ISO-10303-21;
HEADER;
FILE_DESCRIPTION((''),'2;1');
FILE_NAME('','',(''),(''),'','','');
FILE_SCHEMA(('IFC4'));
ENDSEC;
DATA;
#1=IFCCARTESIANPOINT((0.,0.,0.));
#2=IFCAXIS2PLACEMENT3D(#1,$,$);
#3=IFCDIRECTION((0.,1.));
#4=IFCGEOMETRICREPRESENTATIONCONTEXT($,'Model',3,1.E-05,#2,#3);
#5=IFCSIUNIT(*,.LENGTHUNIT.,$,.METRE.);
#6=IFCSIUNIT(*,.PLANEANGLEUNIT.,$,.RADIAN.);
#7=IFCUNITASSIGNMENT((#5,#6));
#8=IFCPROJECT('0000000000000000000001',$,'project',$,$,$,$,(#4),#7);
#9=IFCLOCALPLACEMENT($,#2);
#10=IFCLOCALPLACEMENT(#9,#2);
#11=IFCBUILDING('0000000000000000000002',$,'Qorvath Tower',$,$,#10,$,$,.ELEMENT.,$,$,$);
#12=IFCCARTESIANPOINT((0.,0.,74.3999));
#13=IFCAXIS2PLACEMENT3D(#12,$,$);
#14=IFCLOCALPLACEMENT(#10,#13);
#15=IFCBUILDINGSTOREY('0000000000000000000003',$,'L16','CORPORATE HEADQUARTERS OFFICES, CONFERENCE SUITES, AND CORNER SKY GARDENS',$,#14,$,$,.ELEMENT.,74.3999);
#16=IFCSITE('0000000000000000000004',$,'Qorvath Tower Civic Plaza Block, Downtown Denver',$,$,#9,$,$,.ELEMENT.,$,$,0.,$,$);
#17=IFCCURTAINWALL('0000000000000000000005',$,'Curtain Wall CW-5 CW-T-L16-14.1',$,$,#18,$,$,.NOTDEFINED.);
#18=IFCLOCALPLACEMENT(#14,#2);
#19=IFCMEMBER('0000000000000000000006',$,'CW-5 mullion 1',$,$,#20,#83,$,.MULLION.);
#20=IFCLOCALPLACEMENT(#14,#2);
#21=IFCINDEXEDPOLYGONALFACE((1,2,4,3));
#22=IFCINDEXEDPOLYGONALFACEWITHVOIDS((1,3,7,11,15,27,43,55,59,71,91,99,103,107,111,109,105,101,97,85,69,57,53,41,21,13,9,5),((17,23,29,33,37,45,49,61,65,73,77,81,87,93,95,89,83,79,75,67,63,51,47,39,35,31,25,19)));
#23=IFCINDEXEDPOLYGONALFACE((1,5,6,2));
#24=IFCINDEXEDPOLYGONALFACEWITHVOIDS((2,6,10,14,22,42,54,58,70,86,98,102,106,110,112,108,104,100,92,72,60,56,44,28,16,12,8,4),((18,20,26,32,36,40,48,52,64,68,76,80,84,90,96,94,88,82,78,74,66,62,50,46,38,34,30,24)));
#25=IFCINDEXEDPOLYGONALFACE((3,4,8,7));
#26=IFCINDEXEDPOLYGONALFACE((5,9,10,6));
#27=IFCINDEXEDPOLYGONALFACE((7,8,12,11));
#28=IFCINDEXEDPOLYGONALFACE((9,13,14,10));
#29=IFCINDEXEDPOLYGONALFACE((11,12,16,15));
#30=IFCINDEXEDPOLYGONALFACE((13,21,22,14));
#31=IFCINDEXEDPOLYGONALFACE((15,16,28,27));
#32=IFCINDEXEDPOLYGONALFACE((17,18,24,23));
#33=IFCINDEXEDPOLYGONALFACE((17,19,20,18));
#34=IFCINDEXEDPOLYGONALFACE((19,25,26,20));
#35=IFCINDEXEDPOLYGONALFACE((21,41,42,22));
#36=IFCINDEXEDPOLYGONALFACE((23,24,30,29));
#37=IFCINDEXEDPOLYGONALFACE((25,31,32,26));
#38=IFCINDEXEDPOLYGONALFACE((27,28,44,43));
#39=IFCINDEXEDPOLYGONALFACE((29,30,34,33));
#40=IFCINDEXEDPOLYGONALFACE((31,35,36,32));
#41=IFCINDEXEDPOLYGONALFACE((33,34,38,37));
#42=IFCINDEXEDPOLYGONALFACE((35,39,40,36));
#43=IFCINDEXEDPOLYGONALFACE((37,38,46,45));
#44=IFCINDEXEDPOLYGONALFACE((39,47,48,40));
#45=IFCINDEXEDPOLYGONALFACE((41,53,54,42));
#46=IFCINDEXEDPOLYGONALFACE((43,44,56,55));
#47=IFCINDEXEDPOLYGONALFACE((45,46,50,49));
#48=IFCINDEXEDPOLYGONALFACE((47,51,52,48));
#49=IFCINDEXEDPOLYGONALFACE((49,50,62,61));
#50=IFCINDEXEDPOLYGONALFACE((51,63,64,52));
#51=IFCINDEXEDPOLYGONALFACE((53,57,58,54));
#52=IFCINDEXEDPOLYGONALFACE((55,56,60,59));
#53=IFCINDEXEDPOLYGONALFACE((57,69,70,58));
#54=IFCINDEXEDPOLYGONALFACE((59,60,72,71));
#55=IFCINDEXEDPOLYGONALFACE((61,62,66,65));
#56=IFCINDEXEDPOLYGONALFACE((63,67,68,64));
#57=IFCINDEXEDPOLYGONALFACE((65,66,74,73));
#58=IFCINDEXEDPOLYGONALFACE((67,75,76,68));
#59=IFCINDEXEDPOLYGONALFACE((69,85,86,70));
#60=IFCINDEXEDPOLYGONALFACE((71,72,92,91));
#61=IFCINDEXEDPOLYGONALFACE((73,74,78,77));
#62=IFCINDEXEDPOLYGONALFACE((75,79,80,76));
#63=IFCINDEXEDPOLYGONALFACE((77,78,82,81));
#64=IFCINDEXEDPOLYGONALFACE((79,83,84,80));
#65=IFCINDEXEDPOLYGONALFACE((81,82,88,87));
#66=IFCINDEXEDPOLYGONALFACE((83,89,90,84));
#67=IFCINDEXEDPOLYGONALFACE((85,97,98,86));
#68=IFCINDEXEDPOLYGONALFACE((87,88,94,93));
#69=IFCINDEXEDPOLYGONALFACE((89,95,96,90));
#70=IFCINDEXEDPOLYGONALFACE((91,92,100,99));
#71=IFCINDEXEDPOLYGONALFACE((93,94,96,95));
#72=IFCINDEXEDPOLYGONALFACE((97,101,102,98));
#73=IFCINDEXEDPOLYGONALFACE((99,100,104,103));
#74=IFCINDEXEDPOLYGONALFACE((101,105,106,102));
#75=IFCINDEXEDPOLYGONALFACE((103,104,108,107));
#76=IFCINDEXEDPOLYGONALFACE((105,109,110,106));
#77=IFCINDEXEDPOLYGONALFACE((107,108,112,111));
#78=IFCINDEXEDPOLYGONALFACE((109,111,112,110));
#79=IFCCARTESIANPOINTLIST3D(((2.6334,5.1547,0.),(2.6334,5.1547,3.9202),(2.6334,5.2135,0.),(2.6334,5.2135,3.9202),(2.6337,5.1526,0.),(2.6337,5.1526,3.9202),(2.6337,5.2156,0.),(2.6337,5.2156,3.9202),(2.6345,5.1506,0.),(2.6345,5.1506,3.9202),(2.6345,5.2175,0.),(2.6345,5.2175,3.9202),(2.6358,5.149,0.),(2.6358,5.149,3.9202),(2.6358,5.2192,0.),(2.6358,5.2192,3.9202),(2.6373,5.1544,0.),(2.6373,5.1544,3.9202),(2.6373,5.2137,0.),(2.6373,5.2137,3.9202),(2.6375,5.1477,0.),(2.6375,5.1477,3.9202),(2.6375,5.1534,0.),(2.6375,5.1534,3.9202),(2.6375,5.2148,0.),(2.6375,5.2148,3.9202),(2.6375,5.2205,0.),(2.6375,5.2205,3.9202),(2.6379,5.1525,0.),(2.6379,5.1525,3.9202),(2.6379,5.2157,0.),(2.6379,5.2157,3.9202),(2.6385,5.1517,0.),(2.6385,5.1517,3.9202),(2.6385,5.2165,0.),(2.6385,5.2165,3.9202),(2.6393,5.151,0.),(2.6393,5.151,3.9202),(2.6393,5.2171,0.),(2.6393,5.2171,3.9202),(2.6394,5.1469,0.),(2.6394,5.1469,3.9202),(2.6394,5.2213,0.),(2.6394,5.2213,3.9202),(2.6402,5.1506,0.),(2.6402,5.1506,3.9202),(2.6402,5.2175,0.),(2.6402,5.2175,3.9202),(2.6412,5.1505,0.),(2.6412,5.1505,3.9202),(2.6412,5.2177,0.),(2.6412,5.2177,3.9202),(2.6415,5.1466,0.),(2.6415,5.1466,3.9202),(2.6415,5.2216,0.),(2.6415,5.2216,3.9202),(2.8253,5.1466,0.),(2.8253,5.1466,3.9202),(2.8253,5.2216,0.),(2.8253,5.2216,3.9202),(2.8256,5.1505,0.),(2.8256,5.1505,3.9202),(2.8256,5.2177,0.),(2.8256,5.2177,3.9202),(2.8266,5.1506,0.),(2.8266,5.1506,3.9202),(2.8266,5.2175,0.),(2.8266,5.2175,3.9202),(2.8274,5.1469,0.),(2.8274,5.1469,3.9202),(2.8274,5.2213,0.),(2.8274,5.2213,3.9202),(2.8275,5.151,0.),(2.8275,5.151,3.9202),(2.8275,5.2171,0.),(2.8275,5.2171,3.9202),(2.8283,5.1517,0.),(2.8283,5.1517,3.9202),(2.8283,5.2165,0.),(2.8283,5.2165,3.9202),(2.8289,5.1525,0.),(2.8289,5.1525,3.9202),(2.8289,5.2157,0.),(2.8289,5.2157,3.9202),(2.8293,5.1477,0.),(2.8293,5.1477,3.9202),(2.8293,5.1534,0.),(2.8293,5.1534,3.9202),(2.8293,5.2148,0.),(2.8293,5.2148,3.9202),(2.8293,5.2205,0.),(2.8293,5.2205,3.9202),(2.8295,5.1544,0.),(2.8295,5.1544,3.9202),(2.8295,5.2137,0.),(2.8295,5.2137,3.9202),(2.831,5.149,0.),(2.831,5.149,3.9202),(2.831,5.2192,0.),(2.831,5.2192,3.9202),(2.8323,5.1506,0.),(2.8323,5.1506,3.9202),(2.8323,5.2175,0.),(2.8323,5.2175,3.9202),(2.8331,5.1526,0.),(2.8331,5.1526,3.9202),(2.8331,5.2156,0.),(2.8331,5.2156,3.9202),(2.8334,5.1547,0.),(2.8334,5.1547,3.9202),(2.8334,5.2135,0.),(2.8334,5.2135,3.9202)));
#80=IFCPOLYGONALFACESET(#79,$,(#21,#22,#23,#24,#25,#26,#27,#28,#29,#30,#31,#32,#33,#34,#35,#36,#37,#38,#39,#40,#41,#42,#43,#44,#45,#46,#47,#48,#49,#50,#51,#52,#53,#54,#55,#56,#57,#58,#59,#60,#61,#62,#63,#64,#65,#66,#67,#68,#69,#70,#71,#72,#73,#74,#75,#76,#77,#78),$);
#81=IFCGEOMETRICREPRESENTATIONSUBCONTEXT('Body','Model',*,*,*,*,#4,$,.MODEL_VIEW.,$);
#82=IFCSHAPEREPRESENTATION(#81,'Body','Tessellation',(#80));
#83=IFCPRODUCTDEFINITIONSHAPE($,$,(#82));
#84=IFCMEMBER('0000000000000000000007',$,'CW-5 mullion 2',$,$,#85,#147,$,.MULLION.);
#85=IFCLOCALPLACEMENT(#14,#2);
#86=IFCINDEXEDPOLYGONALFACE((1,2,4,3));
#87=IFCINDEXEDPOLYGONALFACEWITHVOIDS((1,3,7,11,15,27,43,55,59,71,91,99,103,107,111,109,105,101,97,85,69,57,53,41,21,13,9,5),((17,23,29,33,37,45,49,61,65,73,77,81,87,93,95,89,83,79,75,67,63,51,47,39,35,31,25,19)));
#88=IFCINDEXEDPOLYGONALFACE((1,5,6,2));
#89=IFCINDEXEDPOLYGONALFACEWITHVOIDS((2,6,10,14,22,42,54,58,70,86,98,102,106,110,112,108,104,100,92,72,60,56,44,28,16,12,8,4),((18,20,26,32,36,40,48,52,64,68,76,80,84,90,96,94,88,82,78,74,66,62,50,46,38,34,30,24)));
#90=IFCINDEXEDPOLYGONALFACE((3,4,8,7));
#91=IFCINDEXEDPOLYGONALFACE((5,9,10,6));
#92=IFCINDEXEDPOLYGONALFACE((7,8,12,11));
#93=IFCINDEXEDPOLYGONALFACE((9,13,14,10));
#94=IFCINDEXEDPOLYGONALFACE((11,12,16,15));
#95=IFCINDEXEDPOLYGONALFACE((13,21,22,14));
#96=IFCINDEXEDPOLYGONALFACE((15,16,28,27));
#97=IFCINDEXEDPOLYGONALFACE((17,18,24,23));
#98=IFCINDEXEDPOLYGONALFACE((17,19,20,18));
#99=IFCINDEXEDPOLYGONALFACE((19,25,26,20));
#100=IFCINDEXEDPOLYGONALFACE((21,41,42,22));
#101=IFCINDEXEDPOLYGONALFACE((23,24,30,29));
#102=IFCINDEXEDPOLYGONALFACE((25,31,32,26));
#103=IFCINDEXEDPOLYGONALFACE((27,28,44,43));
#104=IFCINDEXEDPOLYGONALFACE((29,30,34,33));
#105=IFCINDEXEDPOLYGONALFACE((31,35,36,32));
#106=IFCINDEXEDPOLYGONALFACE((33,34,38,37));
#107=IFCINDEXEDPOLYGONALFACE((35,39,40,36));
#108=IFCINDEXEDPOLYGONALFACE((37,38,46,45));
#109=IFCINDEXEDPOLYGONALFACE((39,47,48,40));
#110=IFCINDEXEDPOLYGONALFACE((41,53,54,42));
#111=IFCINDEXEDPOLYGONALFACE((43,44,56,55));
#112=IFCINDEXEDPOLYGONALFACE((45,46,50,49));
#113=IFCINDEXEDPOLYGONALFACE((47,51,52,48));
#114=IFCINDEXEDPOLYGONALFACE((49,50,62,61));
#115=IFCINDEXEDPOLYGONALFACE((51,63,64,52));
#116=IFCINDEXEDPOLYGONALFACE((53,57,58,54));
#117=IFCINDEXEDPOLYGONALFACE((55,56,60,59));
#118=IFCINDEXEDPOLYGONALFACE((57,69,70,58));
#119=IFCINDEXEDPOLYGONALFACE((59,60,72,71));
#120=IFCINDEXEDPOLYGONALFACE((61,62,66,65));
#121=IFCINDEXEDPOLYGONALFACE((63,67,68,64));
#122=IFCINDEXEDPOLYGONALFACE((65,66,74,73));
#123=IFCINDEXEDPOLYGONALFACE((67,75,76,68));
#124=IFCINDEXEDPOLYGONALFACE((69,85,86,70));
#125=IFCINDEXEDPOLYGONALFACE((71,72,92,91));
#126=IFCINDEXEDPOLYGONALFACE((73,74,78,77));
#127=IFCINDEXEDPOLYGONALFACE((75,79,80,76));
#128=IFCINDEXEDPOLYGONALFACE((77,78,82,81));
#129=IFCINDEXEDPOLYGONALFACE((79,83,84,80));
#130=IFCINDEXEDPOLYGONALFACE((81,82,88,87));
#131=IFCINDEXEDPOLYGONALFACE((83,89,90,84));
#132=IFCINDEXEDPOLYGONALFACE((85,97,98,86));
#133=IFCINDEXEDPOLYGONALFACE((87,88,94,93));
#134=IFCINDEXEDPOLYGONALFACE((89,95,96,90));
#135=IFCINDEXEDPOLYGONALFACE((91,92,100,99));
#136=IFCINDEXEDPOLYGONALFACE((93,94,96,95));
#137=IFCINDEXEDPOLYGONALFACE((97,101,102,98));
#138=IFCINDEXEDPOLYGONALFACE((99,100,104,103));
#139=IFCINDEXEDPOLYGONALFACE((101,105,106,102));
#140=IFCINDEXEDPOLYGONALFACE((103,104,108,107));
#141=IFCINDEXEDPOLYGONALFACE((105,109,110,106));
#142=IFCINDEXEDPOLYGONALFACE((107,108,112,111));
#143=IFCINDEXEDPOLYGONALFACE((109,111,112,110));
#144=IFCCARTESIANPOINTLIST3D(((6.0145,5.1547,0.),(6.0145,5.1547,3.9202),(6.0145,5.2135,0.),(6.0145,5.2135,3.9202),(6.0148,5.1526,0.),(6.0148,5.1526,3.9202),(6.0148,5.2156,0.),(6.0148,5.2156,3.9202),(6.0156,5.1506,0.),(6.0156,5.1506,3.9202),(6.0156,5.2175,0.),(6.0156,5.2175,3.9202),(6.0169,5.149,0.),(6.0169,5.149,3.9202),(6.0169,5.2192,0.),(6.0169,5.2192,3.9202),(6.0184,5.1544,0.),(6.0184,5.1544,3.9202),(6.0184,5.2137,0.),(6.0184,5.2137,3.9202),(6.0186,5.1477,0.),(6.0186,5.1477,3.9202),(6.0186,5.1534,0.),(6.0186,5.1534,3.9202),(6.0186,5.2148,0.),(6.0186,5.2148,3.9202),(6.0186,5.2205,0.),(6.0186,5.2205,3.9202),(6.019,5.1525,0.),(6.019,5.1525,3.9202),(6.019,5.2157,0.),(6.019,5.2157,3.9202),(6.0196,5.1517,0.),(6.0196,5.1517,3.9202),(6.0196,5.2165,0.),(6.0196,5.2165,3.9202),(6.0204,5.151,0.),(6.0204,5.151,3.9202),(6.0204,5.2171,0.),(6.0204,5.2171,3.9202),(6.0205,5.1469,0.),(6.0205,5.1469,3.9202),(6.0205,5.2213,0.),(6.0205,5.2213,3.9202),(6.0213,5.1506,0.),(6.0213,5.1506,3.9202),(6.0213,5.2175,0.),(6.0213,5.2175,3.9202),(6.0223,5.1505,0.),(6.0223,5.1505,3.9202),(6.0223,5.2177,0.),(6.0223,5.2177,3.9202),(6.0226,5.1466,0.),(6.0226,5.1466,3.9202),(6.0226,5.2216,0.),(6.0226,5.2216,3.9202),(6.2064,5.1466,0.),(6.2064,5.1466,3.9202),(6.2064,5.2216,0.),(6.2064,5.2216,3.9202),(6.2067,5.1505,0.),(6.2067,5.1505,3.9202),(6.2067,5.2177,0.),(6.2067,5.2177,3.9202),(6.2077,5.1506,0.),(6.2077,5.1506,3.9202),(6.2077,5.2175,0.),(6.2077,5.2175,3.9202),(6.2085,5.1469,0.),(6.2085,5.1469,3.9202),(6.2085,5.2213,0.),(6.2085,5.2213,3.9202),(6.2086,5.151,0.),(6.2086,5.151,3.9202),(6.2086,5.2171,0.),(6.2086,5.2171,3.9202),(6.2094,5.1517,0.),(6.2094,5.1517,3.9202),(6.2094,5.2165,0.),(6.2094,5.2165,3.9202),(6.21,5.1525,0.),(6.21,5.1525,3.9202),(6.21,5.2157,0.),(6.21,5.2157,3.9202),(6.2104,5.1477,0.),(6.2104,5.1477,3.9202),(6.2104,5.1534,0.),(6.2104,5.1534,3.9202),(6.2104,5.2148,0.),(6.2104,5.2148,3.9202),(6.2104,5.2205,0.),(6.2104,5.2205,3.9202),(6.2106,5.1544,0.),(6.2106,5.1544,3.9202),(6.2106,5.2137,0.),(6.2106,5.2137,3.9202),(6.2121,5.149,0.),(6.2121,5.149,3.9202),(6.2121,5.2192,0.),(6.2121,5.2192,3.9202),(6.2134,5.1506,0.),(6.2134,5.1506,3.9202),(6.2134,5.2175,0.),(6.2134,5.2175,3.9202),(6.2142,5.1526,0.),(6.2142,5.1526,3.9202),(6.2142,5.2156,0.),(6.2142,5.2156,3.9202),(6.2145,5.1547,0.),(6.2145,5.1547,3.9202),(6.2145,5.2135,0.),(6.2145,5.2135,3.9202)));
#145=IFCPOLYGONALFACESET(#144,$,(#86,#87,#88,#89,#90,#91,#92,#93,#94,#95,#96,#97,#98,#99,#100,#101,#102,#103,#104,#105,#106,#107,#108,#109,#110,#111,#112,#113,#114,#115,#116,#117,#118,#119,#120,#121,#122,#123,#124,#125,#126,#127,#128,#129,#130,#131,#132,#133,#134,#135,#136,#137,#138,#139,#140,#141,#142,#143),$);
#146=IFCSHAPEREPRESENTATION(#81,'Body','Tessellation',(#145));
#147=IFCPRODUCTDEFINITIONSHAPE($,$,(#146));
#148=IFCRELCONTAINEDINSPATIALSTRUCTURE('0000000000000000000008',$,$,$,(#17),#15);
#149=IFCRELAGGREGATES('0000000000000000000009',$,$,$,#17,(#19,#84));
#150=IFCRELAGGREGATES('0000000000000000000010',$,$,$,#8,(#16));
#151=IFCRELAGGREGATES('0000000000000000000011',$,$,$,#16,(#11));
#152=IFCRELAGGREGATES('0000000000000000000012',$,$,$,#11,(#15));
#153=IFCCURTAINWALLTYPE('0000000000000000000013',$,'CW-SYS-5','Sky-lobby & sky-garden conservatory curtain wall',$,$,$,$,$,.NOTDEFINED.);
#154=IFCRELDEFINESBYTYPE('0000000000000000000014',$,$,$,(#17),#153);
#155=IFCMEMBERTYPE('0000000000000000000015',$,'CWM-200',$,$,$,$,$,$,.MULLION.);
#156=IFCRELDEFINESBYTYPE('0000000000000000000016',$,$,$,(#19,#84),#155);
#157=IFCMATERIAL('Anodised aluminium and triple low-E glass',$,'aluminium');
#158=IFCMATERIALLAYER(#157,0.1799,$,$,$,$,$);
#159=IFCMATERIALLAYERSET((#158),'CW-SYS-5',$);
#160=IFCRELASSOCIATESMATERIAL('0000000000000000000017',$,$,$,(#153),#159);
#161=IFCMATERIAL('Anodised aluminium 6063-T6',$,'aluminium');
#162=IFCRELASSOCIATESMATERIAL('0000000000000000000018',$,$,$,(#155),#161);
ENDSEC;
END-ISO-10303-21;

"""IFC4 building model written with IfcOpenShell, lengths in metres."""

from ifc_helpers import new_model, si_unit, direction, frame, origin, origin_2d, place, context, subcontext, project, spatial, hollow_rectangle, extrude, material, layer, layer_set, material_profile, profile_set, type_object, element, aggregate, save


model = new_model("IFC4")

# Units and contexts
model_context = context("Model", 3, precision=1e-05, world=origin(), true_north=direction((0.0, 1.0)))
body_context = subcontext(model_context, "Body", "Model", "MODEL_VIEW")
ifc_project = project(units=[si_unit("LENGTHUNIT", "METRE"), si_unit("PLANEANGLEUNIT", "RADIAN")], contexts=[model_context])

# Site, building, storey
site_placement = place(None, origin())
site = spatial("IfcSite", under=ifc_project, at=site_placement, Name="Qorvath Tower Civic Plaza Block, Downtown Denver", CompositionType="ELEMENT", RefElevation=0.0)
building_placement = place(site_placement, origin())
building = spatial("IfcBuilding", under=site, at=building_placement, Name="Qorvath Tower", CompositionType="ELEMENT")
storey_placement = place(building_placement, frame((0.0, 0.0, 74.3999)))
storey = spatial("IfcBuildingStorey", under=building, at=storey_placement, Name="L16", Description="CORPORATE HEADQUARTERS OFFICES, CONFERENCE SUITES, AND CORNER SKY GARDENS", CompositionType="ELEMENT", Elevation=74.3999)

# Curtain wall, members
ifc_material_1 = material(Name="Anodised aluminium and triple low-E glass", Category="aluminium")
ifc_layer_1 = layer(ifc_material_1, 0.1799)
ifc_layer_set_1 = layer_set([ifc_layer_1], Name="CW-SYS-5")
curtain_wall_type = type_object("IfcCurtainWallType", Name="CW-SYS-5", Description="Sky-lobby & sky-garden conservatory curtain wall", PredefinedType="NOTDEFINED", material=ifc_layer_set_1)
ifc_material_2 = material(Name="Anodised aluminium 6063-T6", Category="aluminium")
ifc_material_profile_1 = material_profile(ifc_material_2, hollow_rectangle(XDim=0.075, YDim=0.2, WallThickness=0.0039, InnerFilletRadius=0.0039, OuterFilletRadius=0.0081, at=origin_2d()), Name="CWM 200x75")
ifc_profile_set_1 = profile_set([ifc_material_profile_1], Name="Anodised aluminium 6063-T6")
member_type_1 = type_object("IfcMemberType", Name="CWM-200", PredefinedType="MULLION", material=ifc_profile_set_1)
curtain_wall_1_placement = place(storey_placement, origin())
curtain_wall_1 = element("IfcCurtainWall", 1, at=curtain_wall_1_placement, inside=storey, type_object=curtain_wall_type, Name="Curtain Wall CW-5 CW-T-L16-14.1", PredefinedType="NOTDEFINED")
member_1_placement = place(storey_placement, frame((2.7334, 5.1841, 0.0), z_axis=(0.0, 0.0, 1.0), x_axis=(0.0, 1.0, 0.0)))
member_1 = element("IfcMember", 2, at=member_1_placement, type_object=member_type_1, Name="CW-5 mullion 1", PredefinedType="MULLION", context=body_context, shape_type="SweptSolid", body=[
    extrude(hollow_rectangle(XDim=0.075, YDim=0.2, WallThickness=0.0039, InnerFilletRadius=0.0039, OuterFilletRadius=0.0081, at=origin_2d()), origin(), (0.0, 0.0, 1.0), 3.9202),
])
member_2_placement = place(storey_placement, frame((6.1145, 5.1841, 0.0), z_axis=(0.0, 0.0, 1.0), x_axis=(0.0, 1.0, 0.0)))
member_2 = element("IfcMember", 3, at=member_2_placement, type_object=member_type_1, Name="CW-5 mullion 2", PredefinedType="MULLION", context=body_context, shape_type="SweptSolid", body=[
    extrude(hollow_rectangle(XDim=0.075, YDim=0.2, WallThickness=0.0039, InnerFilletRadius=0.0039, OuterFilletRadius=0.0081, at=origin_2d()), origin(), (0.0, 0.0, 1.0), 3.9202),
])

aggregate(curtain_wall_1, [member_1, member_2])

save(model, "model.ifc")
